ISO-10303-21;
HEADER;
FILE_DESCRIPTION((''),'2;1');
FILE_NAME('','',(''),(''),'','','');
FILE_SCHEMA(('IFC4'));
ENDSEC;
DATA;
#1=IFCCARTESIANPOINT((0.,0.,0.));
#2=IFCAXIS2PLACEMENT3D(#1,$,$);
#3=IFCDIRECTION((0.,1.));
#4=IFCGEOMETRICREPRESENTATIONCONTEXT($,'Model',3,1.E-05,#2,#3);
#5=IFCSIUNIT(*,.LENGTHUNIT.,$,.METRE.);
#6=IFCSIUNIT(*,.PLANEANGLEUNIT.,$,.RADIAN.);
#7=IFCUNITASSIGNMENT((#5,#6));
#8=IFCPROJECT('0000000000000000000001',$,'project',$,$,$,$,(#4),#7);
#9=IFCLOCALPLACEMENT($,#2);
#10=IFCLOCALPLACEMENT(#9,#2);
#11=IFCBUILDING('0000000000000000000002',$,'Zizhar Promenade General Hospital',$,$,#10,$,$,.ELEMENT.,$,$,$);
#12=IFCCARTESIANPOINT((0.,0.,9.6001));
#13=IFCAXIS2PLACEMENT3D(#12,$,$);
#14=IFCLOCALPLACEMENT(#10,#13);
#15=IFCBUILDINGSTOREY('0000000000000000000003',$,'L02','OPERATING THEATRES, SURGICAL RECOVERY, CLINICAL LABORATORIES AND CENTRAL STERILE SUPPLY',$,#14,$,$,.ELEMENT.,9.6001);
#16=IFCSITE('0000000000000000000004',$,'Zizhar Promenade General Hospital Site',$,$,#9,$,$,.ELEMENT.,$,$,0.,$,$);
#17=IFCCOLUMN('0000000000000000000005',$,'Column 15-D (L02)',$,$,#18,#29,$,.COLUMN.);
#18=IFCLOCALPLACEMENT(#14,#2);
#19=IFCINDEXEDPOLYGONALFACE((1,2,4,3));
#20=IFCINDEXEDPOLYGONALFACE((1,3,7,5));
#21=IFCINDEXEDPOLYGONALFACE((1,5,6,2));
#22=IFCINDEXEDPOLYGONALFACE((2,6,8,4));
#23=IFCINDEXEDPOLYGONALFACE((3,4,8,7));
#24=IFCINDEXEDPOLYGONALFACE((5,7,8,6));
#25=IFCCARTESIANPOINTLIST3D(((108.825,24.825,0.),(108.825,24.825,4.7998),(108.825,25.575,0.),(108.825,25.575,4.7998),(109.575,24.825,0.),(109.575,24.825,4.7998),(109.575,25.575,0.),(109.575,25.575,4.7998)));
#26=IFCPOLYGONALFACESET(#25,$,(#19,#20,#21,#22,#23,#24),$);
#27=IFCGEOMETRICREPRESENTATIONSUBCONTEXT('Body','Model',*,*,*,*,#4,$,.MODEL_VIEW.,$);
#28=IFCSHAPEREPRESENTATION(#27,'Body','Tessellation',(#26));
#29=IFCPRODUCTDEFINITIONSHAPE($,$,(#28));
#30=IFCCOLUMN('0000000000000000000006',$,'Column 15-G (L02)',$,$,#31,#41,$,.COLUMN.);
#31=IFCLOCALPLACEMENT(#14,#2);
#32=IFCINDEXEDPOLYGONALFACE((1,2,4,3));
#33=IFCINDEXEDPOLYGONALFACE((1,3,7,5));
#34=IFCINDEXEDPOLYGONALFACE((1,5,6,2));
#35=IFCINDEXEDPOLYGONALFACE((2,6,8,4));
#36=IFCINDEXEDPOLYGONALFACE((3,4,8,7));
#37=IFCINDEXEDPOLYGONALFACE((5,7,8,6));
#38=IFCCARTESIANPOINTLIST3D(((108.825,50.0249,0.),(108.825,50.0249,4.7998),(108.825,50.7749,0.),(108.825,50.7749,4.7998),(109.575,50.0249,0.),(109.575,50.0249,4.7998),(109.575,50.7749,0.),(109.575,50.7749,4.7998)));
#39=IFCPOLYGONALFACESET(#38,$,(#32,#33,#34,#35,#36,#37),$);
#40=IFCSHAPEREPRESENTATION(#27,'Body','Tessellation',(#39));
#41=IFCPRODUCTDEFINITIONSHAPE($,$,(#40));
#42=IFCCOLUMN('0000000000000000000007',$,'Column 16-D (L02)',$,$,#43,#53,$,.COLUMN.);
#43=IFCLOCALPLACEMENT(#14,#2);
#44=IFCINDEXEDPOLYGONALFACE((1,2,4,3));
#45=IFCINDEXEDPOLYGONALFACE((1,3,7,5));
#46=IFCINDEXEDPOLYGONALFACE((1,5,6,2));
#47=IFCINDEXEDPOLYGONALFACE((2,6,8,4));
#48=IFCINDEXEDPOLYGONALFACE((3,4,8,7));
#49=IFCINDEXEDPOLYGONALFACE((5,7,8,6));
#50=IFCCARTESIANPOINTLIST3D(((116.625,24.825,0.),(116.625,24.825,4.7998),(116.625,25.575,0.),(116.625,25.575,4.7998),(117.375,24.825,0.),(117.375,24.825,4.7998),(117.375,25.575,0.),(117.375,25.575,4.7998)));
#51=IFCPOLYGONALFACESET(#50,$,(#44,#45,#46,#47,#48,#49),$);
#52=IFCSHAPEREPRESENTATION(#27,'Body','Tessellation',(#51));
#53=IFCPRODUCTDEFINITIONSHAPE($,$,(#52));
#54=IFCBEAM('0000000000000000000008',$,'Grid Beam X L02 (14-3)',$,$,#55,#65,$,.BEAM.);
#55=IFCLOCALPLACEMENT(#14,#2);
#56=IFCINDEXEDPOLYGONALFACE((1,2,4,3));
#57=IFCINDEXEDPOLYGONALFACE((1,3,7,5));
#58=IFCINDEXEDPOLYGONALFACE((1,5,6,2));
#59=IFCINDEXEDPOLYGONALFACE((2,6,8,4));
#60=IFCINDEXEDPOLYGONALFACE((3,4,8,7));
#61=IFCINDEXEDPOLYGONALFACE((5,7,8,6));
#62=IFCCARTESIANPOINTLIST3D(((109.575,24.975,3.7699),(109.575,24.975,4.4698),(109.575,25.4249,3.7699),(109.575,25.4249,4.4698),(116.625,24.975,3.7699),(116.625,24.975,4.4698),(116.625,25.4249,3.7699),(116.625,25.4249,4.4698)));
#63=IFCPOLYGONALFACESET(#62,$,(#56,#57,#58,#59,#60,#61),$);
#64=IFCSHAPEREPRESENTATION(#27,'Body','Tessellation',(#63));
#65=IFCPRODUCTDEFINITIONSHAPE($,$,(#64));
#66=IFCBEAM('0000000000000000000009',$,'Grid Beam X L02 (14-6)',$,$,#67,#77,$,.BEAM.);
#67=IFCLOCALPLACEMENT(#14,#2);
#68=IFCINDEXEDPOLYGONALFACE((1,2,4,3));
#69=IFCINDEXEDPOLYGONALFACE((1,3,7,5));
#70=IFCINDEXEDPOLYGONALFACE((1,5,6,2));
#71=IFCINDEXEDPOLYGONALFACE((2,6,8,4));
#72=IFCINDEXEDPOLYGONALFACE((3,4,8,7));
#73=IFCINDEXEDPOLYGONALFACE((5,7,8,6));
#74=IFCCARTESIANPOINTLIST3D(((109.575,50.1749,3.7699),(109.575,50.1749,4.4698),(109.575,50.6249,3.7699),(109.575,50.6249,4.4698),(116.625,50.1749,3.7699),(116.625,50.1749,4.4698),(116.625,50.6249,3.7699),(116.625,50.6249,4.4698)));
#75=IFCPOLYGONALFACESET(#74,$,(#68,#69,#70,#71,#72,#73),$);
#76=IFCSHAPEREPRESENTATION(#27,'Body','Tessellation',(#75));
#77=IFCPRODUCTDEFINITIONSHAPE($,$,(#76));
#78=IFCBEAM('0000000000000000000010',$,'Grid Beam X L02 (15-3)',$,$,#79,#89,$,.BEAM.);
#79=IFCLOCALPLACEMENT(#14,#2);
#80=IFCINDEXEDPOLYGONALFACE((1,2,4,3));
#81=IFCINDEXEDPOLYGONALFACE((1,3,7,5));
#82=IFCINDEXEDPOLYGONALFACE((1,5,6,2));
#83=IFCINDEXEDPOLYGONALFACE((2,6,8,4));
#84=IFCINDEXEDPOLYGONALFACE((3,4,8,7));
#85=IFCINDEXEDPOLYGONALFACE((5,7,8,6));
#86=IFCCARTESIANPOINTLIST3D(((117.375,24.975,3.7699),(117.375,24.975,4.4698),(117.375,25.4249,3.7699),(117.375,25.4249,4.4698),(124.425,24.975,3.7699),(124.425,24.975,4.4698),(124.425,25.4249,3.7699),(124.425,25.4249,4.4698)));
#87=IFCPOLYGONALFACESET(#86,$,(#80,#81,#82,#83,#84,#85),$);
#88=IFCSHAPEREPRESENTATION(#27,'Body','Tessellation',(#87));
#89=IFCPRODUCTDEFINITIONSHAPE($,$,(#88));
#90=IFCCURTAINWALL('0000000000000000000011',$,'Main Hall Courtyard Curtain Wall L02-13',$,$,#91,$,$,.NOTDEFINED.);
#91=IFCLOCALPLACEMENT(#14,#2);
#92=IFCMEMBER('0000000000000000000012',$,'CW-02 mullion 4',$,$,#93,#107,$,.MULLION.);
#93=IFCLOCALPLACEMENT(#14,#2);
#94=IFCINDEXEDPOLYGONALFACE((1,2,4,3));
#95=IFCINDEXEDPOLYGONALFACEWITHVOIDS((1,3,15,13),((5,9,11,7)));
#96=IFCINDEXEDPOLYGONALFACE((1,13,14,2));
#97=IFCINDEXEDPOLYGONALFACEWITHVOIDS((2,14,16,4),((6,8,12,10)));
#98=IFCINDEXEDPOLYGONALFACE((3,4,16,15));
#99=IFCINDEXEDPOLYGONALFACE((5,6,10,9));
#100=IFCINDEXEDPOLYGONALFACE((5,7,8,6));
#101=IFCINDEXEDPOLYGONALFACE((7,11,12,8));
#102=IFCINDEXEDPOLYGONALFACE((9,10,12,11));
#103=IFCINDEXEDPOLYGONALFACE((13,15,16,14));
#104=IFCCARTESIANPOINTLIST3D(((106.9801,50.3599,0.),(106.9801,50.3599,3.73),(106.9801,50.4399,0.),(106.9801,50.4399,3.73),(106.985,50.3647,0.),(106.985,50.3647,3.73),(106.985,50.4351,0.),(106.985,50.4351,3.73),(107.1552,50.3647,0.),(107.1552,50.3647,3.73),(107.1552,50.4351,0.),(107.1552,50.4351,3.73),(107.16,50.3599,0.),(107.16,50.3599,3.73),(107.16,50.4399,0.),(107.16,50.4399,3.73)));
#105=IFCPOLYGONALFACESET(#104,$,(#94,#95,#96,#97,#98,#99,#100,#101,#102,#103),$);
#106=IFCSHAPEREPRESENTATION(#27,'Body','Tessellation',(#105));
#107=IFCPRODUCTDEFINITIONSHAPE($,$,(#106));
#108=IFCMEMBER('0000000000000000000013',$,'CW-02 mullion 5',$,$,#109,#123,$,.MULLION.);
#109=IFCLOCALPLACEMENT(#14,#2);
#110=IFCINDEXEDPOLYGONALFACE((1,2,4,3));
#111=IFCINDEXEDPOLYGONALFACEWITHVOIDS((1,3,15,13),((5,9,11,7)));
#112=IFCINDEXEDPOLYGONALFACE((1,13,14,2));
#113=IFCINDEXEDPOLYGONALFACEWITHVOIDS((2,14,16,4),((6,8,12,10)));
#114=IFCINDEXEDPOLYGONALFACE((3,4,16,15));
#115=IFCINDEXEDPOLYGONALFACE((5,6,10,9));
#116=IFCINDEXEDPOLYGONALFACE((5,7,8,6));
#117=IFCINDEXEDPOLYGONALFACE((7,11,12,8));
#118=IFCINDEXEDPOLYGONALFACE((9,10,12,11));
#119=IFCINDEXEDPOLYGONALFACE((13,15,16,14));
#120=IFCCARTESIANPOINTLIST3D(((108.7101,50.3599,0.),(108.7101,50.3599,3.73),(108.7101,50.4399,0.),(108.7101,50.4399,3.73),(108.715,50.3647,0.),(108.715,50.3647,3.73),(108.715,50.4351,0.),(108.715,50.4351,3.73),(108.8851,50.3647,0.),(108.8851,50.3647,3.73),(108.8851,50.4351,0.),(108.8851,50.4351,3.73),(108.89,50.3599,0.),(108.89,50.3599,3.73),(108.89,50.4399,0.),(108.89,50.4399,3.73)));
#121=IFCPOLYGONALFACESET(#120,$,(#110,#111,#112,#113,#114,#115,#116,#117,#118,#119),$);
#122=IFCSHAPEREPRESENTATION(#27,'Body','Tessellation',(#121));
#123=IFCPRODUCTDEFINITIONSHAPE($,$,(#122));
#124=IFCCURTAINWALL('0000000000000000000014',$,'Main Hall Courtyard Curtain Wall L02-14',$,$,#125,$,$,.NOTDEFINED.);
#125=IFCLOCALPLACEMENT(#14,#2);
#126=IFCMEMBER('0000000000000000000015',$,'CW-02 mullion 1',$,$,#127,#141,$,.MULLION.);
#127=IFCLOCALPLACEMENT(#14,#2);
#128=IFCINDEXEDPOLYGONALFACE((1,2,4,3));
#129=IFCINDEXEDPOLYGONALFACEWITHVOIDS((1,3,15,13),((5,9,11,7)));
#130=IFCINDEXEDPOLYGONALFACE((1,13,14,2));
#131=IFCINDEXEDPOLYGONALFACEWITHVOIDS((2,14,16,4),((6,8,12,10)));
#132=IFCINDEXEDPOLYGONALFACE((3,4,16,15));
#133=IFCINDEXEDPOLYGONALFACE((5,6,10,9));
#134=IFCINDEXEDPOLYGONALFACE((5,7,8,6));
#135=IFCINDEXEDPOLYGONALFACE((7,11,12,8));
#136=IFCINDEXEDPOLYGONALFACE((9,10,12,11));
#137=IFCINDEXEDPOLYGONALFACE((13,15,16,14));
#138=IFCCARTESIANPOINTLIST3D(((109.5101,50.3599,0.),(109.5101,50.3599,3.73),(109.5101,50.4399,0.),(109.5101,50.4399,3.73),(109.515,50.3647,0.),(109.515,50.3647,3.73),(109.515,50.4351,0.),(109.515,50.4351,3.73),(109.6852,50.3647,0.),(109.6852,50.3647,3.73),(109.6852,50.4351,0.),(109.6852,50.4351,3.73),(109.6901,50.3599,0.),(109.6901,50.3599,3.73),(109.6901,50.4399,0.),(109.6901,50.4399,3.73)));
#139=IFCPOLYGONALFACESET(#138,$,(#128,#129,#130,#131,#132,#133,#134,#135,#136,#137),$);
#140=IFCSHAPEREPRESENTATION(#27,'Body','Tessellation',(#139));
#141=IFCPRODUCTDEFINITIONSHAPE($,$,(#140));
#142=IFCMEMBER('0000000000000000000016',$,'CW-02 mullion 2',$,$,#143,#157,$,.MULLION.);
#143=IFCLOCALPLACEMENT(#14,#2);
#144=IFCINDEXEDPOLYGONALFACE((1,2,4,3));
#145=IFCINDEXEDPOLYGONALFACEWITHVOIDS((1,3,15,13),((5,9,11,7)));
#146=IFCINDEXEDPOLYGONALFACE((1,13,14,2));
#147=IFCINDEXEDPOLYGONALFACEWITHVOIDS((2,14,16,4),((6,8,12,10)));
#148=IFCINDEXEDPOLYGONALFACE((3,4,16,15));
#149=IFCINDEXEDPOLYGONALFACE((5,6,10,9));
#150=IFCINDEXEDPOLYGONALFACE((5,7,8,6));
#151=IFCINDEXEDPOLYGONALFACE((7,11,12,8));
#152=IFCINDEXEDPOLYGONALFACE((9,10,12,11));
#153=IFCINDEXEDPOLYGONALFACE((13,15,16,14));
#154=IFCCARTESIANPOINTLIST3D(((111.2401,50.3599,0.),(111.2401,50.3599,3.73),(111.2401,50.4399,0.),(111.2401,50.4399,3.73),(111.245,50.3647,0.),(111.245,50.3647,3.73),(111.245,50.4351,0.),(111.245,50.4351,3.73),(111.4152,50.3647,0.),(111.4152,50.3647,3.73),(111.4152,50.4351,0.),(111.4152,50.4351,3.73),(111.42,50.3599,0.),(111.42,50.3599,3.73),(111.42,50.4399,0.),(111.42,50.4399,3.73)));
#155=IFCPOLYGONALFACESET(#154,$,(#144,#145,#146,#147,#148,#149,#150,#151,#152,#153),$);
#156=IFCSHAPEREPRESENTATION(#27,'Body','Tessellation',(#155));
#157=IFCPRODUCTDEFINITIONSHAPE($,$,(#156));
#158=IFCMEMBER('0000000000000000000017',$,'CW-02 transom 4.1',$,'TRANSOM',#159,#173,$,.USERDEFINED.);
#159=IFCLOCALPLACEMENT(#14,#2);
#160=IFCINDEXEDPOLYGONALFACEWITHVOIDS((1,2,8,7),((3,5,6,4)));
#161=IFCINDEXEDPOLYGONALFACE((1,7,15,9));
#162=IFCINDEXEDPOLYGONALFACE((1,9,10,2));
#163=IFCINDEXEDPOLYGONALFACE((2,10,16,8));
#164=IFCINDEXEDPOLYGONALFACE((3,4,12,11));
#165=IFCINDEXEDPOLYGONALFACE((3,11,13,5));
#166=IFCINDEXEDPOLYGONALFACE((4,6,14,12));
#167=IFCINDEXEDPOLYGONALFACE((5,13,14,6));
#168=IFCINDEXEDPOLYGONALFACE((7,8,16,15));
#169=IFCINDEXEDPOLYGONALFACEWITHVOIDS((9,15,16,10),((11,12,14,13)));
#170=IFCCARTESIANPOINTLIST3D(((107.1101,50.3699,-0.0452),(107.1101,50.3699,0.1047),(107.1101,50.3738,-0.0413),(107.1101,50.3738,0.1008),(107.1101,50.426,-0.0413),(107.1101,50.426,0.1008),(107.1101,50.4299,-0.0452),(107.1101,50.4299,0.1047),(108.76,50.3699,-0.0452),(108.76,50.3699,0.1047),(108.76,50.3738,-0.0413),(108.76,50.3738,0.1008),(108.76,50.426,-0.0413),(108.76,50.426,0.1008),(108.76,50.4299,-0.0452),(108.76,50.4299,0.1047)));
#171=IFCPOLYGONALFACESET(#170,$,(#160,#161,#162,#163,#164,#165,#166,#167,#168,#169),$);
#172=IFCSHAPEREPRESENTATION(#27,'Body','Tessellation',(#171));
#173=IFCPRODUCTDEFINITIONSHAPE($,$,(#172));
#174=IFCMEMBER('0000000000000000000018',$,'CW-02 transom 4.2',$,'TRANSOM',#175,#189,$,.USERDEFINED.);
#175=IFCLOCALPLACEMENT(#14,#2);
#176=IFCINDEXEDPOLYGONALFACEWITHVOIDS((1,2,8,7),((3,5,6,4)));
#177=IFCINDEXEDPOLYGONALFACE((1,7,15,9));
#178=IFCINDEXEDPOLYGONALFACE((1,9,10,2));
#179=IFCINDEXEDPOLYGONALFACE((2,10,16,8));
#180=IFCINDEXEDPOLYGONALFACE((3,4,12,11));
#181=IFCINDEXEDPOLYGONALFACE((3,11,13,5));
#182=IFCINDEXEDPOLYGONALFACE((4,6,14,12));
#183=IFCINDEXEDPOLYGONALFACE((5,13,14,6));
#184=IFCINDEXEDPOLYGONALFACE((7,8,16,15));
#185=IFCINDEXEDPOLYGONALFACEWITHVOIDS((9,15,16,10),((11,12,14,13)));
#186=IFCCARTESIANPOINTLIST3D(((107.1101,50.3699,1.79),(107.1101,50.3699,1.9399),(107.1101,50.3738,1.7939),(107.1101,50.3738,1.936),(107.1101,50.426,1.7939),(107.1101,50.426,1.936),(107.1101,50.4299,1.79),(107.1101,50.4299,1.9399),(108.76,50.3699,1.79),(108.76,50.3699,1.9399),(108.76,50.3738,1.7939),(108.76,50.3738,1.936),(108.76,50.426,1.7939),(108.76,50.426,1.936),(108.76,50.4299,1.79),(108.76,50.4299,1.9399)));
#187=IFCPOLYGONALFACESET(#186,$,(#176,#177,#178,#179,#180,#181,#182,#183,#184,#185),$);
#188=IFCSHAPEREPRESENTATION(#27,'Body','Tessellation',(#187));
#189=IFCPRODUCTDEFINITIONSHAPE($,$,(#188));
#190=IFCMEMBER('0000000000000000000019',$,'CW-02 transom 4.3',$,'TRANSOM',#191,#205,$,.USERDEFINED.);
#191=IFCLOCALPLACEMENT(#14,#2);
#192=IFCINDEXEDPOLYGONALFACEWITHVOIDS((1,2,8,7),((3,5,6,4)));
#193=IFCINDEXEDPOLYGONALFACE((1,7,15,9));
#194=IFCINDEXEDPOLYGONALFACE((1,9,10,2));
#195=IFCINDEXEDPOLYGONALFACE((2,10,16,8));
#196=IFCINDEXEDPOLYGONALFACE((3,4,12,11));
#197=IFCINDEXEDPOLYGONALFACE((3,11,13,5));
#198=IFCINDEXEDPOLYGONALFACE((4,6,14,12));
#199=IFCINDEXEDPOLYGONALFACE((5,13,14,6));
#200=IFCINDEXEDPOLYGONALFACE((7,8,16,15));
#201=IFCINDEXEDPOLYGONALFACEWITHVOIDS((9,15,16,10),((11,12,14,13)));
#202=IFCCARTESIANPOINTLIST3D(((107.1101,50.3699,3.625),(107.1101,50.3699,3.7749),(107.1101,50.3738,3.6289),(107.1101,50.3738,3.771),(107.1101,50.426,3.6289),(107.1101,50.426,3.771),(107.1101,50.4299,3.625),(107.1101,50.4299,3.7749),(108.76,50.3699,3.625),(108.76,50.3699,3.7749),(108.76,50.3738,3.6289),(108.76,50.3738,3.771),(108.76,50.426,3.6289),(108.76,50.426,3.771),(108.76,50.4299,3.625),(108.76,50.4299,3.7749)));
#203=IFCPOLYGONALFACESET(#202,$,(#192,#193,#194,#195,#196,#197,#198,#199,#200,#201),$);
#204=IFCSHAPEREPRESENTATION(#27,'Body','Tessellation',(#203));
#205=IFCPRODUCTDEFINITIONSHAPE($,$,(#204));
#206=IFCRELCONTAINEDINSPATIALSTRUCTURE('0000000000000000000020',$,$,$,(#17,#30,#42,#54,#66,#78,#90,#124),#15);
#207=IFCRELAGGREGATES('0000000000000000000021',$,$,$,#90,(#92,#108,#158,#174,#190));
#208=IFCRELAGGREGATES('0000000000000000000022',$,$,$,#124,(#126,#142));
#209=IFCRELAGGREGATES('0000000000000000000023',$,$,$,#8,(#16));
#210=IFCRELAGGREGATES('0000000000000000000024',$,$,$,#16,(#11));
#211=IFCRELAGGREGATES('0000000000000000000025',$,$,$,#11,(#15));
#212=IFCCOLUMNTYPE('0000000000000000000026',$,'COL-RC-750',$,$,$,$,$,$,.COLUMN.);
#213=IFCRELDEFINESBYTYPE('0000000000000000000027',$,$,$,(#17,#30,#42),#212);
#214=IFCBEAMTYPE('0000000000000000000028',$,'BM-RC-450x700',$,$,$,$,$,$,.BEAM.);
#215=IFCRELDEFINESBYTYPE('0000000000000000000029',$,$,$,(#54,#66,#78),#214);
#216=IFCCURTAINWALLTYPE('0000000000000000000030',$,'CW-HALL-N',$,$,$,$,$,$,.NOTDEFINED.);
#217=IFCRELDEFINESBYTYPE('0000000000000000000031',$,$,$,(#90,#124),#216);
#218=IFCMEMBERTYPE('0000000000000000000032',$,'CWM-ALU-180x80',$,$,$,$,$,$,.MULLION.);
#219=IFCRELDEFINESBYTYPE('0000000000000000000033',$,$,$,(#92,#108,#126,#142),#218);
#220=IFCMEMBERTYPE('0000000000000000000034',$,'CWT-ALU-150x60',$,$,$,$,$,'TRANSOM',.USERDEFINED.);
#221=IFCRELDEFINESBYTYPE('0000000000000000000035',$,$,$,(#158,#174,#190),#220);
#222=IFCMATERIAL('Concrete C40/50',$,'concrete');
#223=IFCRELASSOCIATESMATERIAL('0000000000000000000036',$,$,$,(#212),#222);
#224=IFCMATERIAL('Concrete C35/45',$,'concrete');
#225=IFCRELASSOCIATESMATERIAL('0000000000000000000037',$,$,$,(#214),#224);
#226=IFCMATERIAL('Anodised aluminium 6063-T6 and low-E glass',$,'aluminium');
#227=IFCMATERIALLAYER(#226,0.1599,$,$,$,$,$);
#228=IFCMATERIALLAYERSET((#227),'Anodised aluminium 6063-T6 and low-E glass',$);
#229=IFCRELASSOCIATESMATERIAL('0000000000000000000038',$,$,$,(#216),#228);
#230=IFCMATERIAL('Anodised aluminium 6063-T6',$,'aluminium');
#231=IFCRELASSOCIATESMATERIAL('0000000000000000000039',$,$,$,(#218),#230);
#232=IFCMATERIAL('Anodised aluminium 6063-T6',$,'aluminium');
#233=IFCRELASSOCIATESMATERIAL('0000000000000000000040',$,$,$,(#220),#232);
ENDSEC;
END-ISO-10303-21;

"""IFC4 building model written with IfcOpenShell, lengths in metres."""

from ifc_helpers import new_model, si_unit, direction, frame, origin, origin_2d, place, context, subcontext, project, spatial, rectangle, hollow_rectangle, extrude, material, layer, layer_set, material_profile, profile_set, type_object, element, aggregate, save


model = new_model("IFC4")

# Units and contexts
model_context = context("Model", 3, precision=1e-05, world=origin(), true_north=direction((0.0, 1.0)))
body_context = subcontext(model_context, "Body", "Model", "MODEL_VIEW")
ifc_project = project(units=[si_unit("LENGTHUNIT", "METRE"), si_unit("PLANEANGLEUNIT", "RADIAN")], contexts=[model_context])

# Site, building, storey
site_placement = place(None, origin())
site = spatial("IfcSite", under=ifc_project, at=site_placement, Name="Zizhar Promenade General Hospital Site", CompositionType="ELEMENT", RefElevation=0.0)
building_placement = place(site_placement, origin())
building = spatial("IfcBuilding", under=site, at=building_placement, Name="Zizhar Promenade General Hospital", CompositionType="ELEMENT")
storey_placement = place(building_placement, frame((0.0, 0.0, 9.6001)))
storey = spatial("IfcBuildingStorey", under=building, at=storey_placement, Name="L02", Description="OPERATING THEATRES, SURGICAL RECOVERY, CLINICAL LABORATORIES AND CENTRAL STERILE SUPPLY", CompositionType="ELEMENT", Elevation=9.6001)

# Columns
ifc_material_1 = material(Name="Concrete C40/50", Category="concrete")
ifc_material_profile_1 = material_profile(ifc_material_1, rectangle(XDim=0.75, YDim=0.75, at=origin_2d()))
ifc_profile_set_1 = profile_set([ifc_material_profile_1], Name="Concrete C40/50")
column_type = type_object("IfcColumnType", Name="COL-RC-750", PredefinedType="COLUMN", material=ifc_profile_set_1)
for number, where, z_axis, x_axis, name in (
    (1, (109.2, 25.2, 0.0), (0.0, 0.0, 1.0), (1.0, 0.0, 0.0), "Column 15-D (L02)"),
    (2, (109.2, 50.3999, 0.0), (0.0, 0.0, 1.0), (1.0, 0.0, 0.0), "Column 15-G (L02)"),
    (3, (117.0, 25.2, 0.0), (0.0, 0.0, 1.0), (1.0, 0.0, 0.0), "Column 16-D (L02)"),
):
    element("IfcColumn", number, at=place(storey_placement, frame(where, z_axis=z_axis, x_axis=x_axis)), inside=storey, type_object=column_type, Name=name, PredefinedType="COLUMN", context=body_context, shape_type="SweptSolid", body=[
        extrude(rectangle(XDim=0.75, YDim=0.75, at=origin_2d()), origin(), (0.0, 0.0, 1.0), 4.7998),
    ])

# Beams
ifc_material_2 = material(Name="Concrete C35/45", Category="concrete")
ifc_material_profile_2 = material_profile(ifc_material_2, rectangle(XDim=0.45, YDim=0.7, at=origin_2d()))
ifc_profile_set_2 = profile_set([ifc_material_profile_2], Name="Concrete C35/45")
beam_type = type_object("IfcBeamType", Name="BM-RC-450x700", PredefinedType="BEAM", material=ifc_profile_set_2)
for number, where, z_axis, x_axis, name in (
    (4, (109.575, 25.2, 4.1199), (1.0, 0.0, 0.0), (0.0, 1.0, 0.0), "Grid Beam X L02 (14-3)"),
    (5, (109.575, 50.3999, 4.1199), (1.0, 0.0, 0.0), (0.0, 1.0, 0.0), "Grid Beam X L02 (14-6)"),
    (6, (117.375, 25.2, 4.1199), (1.0, 0.0, 0.0), (0.0, 1.0, 0.0), "Grid Beam X L02 (15-3)"),
):
    element("IfcBeam", number, at=place(storey_placement, frame(where, z_axis=z_axis, x_axis=x_axis)), inside=storey, type_object=beam_type, Name=name, PredefinedType="BEAM", context=body_context, shape_type="SweptSolid", body=[
        extrude(rectangle(XDim=0.45, YDim=0.7, at=origin_2d()), origin(), (0.0, 0.0, 1.0), 7.05),
    ])

# Curtain walls, members
ifc_material_3 = material(Name="Anodised aluminium 6063-T6 and low-E glass", Category="aluminium")
ifc_layer_1 = layer(ifc_material_3, 0.1599)
ifc_layer_set_1 = layer_set([ifc_layer_1], Name="Anodised aluminium 6063-T6 and low-E glass")
curtain_wall_type = type_object("IfcCurtainWallType", Name="CW-HALL-N", PredefinedType="NOTDEFINED", material=ifc_layer_set_1)
curtain_wall_1_placement = place(storey_placement, origin())
curtain_wall_1 = element("IfcCurtainWall", 7, at=curtain_wall_1_placement, inside=storey, type_object=curtain_wall_type, Name="Main Hall Courtyard Curtain Wall L02-13", PredefinedType="NOTDEFINED")
ifc_material_4 = material(Name="Anodised aluminium 6063-T6", Category="aluminium")
ifc_material_profile_3 = material_profile(ifc_material_4, hollow_rectangle(XDim=0.0801, YDim=0.1799, WallThickness=0.0049, at=origin_2d()))
ifc_profile_set_3 = profile_set([ifc_material_profile_3], Name="Anodised aluminium 6063-T6")
member_type_1 = type_object("IfcMemberType", Name="CWM-ALU-180x80", PredefinedType="MULLION", material=ifc_profile_set_3)
member_1_placement = place(storey_placement, frame((107.0701, 50.3999, 0.0), z_axis=(0.0, 0.0, 1.0), x_axis=(0.0, 1.0, 0.0)))
member_1 = element("IfcMember", 8, at=member_1_placement, type_object=member_type_1, Name="CW-02 mullion 4", PredefinedType="MULLION", context=body_context, shape_type="SweptSolid", body=[
    extrude(hollow_rectangle(XDim=0.0801, YDim=0.1799, WallThickness=0.0049, at=origin_2d()), origin(), (0.0, 0.0, 1.0), 3.73),
])
member_2_placement = place(storey_placement, frame((108.8, 50.3999, 0.0), z_axis=(0.0, 0.0, 1.0), x_axis=(0.0, 1.0, 0.0)))
member_2 = element("IfcMember", 9, at=member_2_placement, type_object=member_type_1, Name="CW-02 mullion 5", PredefinedType="MULLION", context=body_context, shape_type="SweptSolid", body=[
    extrude(hollow_rectangle(XDim=0.0801, YDim=0.1799, WallThickness=0.0049, at=origin_2d()), origin(), (0.0, 0.0, 1.0), 3.73),
])
curtain_wall_2_placement = place(storey_placement, origin())
curtain_wall_2 = element("IfcCurtainWall", 10, at=curtain_wall_2_placement, inside=storey, type_object=curtain_wall_type, Name="Main Hall Courtyard Curtain Wall L02-14", PredefinedType="NOTDEFINED")
member_3_placement = place(storey_placement, frame((109.6001, 50.3999, 0.0), z_axis=(0.0, 0.0, 1.0), x_axis=(0.0, 1.0, 0.0)))
member_3 = element("IfcMember", 11, at=member_3_placement, type_object=member_type_1, Name="CW-02 mullion 1", PredefinedType="MULLION", context=body_context, shape_type="SweptSolid", body=[
    extrude(hollow_rectangle(XDim=0.0801, YDim=0.1799, WallThickness=0.0049, at=origin_2d()), origin(), (0.0, 0.0, 1.0), 3.73),
])
member_4_placement = place(storey_placement, frame((111.3301, 50.3999, 0.0), z_axis=(0.0, 0.0, 1.0), x_axis=(0.0, 1.0, 0.0)))
member_4 = element("IfcMember", 12, at=member_4_placement, type_object=member_type_1, Name="CW-02 mullion 2", PredefinedType="MULLION", context=body_context, shape_type="SweptSolid", body=[
    extrude(hollow_rectangle(XDim=0.0801, YDim=0.1799, WallThickness=0.0049, at=origin_2d()), origin(), (0.0, 0.0, 1.0), 3.73),
])

# Members
ifc_material_5 = material(Name="Anodised aluminium 6063-T6", Category="aluminium")
ifc_material_profile_4 = material_profile(ifc_material_5, hollow_rectangle(XDim=0.0601, YDim=0.1499, WallThickness=0.0039, at=origin_2d()))
ifc_profile_set_4 = profile_set([ifc_material_profile_4], Name="Anodised aluminium 6063-T6")
member_type_2 = type_object("IfcMemberType", Name="CWT-ALU-150x60", ElementType="TRANSOM", PredefinedType="USERDEFINED", material=ifc_profile_set_4)
member_5_placement = place(storey_placement, frame((107.1101, 50.3999, 0.0298), z_axis=(1.0, 0.0, 0.0), x_axis=(0.0, 1.0, 0.0)))
member_5 = element("IfcMember", 13, at=member_5_placement, type_object=member_type_2, Name="CW-02 transom 4.1", ObjectType="TRANSOM", PredefinedType="USERDEFINED", context=body_context, shape_type="SweptSolid", body=[
    extrude(hollow_rectangle(XDim=0.0601, YDim=0.1499, WallThickness=0.0039, at=origin_2d()), origin(), (0.0, 0.0, 1.0), 1.6499),
])
member_6_placement = place(storey_placement, frame((107.1101, 50.3999, 1.865), z_axis=(1.0, 0.0, 0.0), x_axis=(0.0, 1.0, 0.0)))
member_6 = element("IfcMember", 14, at=member_6_placement, type_object=member_type_2, Name="CW-02 transom 4.2", ObjectType="TRANSOM", PredefinedType="USERDEFINED", context=body_context, shape_type="SweptSolid", body=[
    extrude(hollow_rectangle(XDim=0.0601, YDim=0.1499, WallThickness=0.0039, at=origin_2d()), origin(), (0.0, 0.0, 1.0), 1.6499),
])
member_7_placement = place(storey_placement, frame((107.1101, 50.3999, 3.7), z_axis=(1.0, 0.0, 0.0), x_axis=(0.0, 1.0, 0.0)))
member_7 = element("IfcMember", 15, at=member_7_placement, type_object=member_type_2, Name="CW-02 transom 4.3", ObjectType="TRANSOM", PredefinedType="USERDEFINED", context=body_context, shape_type="SweptSolid", body=[
    extrude(hollow_rectangle(XDim=0.0601, YDim=0.1499, WallThickness=0.0039, at=origin_2d()), origin(), (0.0, 0.0, 1.0), 1.6499),
])

aggregate(curtain_wall_1, [member_1, member_2, member_5, member_6, member_7])
aggregate(curtain_wall_2, [member_3, member_4])

save(model, "model.ifc")
